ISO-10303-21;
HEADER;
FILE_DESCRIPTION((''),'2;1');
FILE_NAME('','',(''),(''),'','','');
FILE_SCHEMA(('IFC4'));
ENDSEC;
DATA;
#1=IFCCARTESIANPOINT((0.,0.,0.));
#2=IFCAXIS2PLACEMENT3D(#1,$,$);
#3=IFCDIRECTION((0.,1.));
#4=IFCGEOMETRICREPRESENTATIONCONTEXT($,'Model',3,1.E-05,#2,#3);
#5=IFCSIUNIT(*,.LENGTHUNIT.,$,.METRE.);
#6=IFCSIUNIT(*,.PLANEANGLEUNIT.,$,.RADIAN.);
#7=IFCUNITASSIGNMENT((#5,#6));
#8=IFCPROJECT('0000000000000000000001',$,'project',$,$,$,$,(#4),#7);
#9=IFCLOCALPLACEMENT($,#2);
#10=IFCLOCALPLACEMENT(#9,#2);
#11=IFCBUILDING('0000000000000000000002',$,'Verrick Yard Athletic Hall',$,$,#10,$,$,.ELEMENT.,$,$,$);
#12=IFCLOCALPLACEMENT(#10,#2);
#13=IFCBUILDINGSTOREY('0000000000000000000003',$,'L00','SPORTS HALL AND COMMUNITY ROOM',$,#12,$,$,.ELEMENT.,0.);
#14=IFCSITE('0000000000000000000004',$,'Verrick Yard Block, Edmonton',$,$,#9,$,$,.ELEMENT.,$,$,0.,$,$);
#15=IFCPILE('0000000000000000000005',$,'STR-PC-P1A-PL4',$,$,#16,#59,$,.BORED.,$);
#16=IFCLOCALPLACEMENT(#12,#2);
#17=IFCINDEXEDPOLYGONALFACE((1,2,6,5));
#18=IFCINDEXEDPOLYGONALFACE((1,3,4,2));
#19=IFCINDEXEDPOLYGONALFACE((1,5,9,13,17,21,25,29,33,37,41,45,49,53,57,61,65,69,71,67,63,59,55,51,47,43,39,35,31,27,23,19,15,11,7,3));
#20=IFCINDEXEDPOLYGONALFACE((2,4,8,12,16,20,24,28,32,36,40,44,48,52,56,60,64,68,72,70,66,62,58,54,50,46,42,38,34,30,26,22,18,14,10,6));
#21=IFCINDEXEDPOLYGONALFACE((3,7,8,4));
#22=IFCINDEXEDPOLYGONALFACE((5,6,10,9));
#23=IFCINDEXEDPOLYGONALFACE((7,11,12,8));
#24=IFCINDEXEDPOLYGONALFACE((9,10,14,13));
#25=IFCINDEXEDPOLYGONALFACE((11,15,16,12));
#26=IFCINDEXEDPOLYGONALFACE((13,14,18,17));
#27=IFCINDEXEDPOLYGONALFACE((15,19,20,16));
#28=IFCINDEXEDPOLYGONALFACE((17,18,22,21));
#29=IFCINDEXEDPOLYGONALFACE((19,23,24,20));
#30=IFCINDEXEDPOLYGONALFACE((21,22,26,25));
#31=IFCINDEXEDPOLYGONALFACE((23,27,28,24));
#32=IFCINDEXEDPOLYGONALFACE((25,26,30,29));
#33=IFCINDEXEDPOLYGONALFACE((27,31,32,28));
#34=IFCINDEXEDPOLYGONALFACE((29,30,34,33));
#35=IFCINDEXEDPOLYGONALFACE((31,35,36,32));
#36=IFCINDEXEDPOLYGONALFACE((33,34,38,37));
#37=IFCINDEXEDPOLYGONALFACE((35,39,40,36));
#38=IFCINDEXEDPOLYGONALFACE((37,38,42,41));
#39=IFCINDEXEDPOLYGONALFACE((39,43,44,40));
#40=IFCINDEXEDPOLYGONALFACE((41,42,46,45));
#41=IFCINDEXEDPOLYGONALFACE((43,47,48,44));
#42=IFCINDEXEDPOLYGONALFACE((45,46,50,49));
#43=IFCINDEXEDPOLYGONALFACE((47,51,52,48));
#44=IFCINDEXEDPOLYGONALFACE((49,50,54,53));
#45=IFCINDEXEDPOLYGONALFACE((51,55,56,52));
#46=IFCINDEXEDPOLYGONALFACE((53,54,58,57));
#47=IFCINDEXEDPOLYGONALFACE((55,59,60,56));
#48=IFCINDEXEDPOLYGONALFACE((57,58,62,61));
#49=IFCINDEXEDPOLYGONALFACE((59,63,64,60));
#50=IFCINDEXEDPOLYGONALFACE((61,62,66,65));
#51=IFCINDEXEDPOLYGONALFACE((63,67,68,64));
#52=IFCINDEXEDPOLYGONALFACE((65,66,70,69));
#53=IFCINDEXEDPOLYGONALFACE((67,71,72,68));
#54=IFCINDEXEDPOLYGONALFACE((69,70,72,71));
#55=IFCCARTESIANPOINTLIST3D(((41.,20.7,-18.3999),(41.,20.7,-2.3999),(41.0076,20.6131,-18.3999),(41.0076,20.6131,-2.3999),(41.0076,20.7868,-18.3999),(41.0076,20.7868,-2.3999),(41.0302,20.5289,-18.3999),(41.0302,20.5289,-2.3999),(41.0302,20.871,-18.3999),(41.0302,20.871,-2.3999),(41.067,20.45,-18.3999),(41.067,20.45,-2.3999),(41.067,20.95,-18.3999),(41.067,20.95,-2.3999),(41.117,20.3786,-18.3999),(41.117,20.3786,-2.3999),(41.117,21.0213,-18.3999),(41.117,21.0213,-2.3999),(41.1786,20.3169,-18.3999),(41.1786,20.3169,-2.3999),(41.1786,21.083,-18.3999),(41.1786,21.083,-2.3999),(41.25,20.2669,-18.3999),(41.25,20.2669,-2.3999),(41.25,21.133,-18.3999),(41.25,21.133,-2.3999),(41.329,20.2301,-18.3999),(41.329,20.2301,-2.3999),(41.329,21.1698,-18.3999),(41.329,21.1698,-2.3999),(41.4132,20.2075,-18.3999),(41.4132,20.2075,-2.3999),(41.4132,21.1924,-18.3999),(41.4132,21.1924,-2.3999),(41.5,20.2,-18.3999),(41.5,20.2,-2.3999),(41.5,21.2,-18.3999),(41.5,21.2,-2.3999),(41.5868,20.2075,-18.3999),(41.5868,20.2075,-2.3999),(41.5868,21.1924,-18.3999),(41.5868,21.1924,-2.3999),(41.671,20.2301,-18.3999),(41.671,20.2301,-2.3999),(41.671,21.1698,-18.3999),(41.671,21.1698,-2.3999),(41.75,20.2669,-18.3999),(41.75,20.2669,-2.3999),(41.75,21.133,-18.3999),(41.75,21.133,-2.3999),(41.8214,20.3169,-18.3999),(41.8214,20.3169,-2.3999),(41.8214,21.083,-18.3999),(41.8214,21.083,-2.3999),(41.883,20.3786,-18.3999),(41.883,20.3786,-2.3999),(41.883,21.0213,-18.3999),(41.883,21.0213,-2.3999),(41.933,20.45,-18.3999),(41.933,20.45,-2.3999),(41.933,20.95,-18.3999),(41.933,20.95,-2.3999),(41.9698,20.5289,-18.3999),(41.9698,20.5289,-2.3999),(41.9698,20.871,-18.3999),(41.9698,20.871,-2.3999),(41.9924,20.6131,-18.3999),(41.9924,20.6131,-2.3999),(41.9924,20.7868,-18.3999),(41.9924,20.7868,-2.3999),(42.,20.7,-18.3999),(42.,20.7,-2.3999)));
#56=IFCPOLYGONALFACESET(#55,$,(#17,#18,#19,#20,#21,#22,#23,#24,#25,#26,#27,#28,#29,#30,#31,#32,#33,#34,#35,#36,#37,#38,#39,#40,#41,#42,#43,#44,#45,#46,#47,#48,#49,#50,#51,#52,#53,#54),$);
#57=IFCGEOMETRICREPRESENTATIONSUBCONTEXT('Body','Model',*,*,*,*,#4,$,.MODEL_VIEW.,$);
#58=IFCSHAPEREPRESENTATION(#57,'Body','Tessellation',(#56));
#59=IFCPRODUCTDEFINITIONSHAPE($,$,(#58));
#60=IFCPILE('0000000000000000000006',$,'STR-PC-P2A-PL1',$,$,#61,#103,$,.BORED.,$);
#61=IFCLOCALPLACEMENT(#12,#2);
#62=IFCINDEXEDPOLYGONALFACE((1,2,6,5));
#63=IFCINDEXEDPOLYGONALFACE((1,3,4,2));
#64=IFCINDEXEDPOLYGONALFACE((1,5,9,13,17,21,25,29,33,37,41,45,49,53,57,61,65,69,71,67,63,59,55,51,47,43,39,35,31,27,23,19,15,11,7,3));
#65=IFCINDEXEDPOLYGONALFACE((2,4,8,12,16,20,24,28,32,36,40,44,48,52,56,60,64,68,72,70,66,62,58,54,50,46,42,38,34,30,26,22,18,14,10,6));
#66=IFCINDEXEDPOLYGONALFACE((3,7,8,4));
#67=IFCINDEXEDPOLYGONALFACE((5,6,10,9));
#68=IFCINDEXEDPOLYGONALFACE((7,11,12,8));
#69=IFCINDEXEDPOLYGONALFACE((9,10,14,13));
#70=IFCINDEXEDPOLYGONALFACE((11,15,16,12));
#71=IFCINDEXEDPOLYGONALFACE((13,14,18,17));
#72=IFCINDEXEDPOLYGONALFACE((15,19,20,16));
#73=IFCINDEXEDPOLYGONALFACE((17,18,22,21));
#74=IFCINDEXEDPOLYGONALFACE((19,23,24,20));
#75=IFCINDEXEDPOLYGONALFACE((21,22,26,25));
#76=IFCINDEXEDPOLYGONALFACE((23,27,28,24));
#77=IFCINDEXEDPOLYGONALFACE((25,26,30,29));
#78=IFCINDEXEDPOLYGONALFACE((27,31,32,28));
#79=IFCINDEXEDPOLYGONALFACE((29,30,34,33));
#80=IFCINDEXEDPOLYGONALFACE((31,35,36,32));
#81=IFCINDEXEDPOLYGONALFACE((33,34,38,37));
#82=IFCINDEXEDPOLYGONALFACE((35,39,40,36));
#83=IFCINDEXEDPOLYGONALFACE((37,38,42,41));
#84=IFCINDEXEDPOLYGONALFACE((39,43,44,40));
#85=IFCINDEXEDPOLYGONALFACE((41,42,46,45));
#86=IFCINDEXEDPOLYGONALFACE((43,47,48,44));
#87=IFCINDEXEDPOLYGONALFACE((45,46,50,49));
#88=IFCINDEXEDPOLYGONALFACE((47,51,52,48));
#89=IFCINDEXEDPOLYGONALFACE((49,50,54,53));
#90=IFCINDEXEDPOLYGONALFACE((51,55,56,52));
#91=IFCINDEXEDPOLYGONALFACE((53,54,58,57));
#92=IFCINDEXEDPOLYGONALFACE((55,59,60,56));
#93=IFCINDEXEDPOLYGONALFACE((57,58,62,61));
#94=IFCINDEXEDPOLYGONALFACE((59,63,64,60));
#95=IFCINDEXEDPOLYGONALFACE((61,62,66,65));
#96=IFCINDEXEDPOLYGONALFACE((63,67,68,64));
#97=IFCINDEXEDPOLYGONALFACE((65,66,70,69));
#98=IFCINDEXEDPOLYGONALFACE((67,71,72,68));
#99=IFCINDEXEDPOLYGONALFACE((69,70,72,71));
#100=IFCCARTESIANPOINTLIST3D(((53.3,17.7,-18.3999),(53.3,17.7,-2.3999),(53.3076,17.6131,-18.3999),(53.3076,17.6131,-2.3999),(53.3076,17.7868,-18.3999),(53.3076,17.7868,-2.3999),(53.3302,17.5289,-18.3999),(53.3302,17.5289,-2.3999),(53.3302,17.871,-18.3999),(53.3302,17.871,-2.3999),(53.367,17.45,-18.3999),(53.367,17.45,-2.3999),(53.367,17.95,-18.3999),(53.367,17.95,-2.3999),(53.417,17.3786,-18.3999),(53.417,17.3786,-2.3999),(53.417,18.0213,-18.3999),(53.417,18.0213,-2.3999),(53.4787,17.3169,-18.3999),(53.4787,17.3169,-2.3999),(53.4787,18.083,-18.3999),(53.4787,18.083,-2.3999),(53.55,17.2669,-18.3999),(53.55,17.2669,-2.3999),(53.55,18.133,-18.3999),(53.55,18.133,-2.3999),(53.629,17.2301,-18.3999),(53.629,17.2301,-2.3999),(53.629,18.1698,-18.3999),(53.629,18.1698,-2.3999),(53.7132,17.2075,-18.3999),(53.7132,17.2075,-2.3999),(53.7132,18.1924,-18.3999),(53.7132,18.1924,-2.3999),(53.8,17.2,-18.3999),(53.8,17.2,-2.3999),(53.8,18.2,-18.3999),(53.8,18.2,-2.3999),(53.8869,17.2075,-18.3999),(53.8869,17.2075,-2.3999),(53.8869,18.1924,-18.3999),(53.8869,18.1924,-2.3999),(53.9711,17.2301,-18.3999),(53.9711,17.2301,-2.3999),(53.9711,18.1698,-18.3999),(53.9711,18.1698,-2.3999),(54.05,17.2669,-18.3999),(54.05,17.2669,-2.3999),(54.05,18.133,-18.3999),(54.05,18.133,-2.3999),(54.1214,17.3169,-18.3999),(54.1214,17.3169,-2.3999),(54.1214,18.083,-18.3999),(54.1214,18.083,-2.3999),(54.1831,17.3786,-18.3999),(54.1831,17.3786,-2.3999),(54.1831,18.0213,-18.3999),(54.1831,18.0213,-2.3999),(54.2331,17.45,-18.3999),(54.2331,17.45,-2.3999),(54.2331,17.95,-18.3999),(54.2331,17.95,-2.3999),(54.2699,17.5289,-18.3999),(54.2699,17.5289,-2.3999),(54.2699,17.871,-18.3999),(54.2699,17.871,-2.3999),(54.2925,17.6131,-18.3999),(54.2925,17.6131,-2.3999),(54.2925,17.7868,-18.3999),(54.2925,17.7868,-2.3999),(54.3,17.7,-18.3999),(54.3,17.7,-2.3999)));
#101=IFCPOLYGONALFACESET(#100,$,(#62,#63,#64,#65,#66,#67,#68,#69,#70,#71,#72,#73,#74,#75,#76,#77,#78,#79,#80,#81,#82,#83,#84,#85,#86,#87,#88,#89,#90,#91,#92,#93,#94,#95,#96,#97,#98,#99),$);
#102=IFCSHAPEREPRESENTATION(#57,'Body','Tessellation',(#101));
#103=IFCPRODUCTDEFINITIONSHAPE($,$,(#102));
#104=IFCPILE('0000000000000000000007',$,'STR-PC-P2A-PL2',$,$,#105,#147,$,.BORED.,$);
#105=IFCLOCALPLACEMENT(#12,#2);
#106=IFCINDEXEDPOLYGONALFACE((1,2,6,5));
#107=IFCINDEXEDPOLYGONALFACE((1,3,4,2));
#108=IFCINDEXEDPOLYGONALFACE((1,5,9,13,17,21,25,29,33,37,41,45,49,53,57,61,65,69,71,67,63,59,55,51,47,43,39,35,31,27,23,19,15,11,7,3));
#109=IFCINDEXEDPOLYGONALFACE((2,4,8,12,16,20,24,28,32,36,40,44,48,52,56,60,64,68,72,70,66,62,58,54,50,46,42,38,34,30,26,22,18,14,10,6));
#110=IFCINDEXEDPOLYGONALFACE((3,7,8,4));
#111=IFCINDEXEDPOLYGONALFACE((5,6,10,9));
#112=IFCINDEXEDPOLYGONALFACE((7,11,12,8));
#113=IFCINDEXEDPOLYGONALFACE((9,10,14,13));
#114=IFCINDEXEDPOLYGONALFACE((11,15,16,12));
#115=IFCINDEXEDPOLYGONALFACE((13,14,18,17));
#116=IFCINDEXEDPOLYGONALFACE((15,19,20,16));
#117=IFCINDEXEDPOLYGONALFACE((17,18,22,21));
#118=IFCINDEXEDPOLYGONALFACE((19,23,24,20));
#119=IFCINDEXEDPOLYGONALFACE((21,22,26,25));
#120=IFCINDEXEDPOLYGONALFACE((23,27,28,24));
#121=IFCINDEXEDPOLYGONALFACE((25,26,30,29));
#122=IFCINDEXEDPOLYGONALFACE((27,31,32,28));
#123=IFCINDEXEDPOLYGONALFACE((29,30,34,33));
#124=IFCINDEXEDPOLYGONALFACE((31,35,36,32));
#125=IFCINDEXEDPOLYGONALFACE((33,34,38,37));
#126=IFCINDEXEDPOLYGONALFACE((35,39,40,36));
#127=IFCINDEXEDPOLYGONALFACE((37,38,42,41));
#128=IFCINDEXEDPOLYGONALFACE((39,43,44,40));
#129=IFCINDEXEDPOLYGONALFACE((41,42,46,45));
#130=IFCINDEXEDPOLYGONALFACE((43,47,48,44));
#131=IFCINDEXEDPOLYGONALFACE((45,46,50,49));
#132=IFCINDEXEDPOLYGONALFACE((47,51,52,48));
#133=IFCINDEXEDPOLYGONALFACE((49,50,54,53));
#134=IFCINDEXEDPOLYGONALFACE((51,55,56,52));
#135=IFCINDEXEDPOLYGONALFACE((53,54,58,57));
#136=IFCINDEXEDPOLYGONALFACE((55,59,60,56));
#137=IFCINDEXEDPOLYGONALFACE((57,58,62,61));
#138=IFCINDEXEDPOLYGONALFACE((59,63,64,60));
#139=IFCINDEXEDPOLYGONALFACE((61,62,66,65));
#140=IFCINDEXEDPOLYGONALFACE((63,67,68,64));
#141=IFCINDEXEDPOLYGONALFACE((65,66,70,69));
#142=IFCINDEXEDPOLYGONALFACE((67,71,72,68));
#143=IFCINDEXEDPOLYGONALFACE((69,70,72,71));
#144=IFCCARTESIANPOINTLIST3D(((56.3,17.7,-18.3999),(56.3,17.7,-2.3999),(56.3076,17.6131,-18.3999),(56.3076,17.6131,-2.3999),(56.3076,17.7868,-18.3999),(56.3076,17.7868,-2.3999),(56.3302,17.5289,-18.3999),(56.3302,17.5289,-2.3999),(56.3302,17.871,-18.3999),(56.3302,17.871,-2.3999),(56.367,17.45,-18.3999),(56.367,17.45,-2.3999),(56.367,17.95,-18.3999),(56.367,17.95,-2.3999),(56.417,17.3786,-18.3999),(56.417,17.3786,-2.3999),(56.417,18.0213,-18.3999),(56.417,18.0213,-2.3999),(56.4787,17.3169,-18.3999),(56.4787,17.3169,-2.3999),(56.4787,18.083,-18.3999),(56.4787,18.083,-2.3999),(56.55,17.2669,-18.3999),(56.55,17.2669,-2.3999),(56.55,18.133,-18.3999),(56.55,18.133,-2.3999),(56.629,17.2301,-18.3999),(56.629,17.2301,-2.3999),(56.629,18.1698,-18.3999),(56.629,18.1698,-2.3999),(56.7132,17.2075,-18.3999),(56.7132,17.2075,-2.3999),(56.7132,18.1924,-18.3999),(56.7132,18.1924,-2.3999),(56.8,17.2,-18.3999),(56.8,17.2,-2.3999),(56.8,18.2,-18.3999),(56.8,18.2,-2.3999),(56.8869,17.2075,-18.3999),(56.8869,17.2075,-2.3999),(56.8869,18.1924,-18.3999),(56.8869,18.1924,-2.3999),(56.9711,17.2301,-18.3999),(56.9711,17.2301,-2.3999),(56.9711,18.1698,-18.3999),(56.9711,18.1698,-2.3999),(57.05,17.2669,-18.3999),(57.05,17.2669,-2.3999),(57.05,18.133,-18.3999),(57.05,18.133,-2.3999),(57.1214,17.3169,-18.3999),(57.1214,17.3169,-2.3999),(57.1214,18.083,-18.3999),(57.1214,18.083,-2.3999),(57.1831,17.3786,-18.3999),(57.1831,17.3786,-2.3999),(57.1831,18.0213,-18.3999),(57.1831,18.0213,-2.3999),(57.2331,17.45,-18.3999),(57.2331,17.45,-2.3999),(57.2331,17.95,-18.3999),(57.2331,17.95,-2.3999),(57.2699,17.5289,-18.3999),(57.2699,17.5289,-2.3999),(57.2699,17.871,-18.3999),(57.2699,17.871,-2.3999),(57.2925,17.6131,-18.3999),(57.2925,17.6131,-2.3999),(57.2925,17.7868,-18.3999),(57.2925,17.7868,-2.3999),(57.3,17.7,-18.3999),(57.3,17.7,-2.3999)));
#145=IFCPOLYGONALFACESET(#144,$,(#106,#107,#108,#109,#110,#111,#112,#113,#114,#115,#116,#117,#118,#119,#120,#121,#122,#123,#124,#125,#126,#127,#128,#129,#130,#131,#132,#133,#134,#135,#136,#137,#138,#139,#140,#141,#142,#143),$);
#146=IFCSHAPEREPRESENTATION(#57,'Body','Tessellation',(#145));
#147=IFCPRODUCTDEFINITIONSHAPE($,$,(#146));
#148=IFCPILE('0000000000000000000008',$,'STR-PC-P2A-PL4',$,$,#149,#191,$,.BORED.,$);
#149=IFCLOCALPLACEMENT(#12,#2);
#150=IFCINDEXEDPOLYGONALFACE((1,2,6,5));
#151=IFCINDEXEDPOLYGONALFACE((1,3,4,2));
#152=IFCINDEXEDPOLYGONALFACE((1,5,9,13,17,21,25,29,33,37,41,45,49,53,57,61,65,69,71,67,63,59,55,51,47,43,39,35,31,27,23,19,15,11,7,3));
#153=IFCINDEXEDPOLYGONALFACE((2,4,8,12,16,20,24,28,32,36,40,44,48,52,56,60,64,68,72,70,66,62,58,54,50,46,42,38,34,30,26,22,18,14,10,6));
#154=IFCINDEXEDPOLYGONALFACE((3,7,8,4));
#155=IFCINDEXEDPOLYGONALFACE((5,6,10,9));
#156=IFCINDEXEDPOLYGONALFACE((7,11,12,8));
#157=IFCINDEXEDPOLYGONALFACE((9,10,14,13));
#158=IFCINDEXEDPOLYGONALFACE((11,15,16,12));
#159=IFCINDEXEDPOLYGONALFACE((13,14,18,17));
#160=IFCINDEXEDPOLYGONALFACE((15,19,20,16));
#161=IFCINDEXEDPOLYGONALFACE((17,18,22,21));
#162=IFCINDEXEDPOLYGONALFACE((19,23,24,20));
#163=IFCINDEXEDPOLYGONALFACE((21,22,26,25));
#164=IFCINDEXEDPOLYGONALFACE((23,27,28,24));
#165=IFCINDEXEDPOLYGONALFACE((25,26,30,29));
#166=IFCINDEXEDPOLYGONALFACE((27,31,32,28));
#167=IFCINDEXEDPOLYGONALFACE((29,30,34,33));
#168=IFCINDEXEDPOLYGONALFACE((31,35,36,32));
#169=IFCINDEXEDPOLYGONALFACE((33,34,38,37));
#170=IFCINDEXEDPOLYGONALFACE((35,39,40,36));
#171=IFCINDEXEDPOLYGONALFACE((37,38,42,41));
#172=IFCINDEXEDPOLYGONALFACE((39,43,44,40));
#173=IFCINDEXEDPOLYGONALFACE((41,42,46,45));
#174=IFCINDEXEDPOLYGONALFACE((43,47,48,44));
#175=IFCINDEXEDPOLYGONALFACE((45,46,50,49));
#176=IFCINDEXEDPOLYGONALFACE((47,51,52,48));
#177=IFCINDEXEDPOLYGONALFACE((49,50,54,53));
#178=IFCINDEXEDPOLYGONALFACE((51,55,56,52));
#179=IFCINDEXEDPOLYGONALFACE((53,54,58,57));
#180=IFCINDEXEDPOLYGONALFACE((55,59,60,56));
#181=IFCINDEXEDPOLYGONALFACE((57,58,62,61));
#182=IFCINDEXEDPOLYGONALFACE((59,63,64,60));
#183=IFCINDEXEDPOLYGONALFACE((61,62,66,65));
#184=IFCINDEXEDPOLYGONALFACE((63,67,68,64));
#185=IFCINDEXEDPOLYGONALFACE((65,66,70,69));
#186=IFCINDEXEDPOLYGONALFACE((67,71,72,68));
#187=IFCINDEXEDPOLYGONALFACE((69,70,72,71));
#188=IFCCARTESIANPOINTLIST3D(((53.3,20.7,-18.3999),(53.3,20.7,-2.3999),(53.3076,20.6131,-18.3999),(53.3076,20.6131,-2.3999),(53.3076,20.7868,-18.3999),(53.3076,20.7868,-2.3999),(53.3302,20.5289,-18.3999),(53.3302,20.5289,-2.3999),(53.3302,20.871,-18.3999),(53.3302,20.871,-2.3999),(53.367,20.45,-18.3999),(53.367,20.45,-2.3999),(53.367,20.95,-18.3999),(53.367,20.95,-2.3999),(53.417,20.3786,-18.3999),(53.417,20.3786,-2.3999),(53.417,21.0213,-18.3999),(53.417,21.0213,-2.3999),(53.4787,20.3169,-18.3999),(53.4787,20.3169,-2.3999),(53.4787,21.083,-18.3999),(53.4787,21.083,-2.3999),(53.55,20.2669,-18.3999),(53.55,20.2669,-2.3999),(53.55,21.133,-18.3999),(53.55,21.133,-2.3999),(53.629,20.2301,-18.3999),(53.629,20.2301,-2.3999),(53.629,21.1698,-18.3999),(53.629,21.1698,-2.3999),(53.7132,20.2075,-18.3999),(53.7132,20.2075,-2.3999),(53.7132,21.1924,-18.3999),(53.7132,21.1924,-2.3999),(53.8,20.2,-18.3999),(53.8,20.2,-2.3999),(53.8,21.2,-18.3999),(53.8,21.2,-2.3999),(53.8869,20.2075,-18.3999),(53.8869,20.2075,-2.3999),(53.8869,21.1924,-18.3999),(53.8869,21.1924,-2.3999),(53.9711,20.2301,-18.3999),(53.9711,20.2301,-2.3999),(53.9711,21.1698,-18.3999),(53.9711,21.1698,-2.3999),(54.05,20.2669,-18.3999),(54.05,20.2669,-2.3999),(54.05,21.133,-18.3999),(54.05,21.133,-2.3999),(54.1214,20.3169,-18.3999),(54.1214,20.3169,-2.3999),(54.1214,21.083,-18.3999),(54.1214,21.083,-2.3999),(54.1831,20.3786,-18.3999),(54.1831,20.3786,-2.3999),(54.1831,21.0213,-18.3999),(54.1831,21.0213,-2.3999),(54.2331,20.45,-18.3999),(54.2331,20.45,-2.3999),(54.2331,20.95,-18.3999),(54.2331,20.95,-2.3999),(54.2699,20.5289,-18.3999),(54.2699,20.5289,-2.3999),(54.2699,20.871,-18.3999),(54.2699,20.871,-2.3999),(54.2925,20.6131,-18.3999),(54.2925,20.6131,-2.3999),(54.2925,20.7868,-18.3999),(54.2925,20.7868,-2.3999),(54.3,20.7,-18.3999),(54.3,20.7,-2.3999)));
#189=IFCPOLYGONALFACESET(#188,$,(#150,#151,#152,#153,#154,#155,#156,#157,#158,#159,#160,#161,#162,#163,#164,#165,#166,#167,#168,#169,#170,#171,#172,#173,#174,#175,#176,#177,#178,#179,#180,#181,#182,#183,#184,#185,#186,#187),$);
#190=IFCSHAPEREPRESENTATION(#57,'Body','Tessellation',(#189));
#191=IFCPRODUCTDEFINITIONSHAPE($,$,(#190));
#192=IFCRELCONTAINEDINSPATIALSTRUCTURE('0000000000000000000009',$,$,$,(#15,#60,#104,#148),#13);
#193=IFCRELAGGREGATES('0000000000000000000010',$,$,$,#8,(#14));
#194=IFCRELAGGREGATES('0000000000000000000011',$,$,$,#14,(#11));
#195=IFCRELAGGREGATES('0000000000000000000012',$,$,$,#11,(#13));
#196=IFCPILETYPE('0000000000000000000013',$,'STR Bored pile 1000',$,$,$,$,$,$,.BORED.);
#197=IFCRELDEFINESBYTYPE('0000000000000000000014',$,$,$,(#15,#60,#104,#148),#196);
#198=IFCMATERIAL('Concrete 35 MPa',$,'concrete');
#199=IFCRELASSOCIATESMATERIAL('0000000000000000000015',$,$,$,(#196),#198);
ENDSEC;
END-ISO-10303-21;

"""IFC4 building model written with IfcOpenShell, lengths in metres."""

from ifc_helpers import new_model, si_unit, direction, frame, origin, origin_2d, place, context, subcontext, project, spatial, circle, extrude, material, type_object, element, save


model = new_model("IFC4")

# Units and contexts
model_context = context("Model", 3, precision=1e-05, world=origin(), true_north=direction((0.0, 1.0)))
body_context = subcontext(model_context, "Body", "Model", "MODEL_VIEW")
ifc_project = project(units=[si_unit("LENGTHUNIT", "METRE"), si_unit("PLANEANGLEUNIT", "RADIAN")], contexts=[model_context])

# Site, building, storey
site_placement = place(None, origin())
site = spatial("IfcSite", under=ifc_project, at=site_placement, Name="Verrick Yard Block, Edmonton", CompositionType="ELEMENT", RefElevation=0.0)
building_placement = place(site_placement, origin())
building = spatial("IfcBuilding", under=site, at=building_placement, Name="Verrick Yard Athletic Hall", CompositionType="ELEMENT")
storey_placement = place(building_placement, origin())
storey = spatial("IfcBuildingStorey", under=building, at=storey_placement, Name="L00", Description="SPORTS HALL AND COMMUNITY ROOM", CompositionType="ELEMENT", Elevation=0.0)

# Piles
ifc_material_1 = material(Name="Concrete 35 MPa", Category="concrete")
pile_type = type_object("IfcPileType", Name="STR Bored pile 1000", PredefinedType="BORED", material=ifc_material_1)
for number, where, z_axis, x_axis, name in (
    (1, (41.5, 20.7, -2.3999), (0.0, 0.0, -1.0), (1.0, 0.0, 0.0), "STR-PC-P1A-PL4"),
    (2, (53.8, 17.7, -2.3999), (0.0, 0.0, -1.0), (1.0, 0.0, 0.0), "STR-PC-P2A-PL1"),
    (3, (56.8, 17.7, -2.3999), (0.0, 0.0, -1.0), (1.0, 0.0, 0.0), "STR-PC-P2A-PL2"),
    (4, (53.8, 20.7, -2.3999), (0.0, 0.0, -1.0), (1.0, 0.0, 0.0), "STR-PC-P2A-PL4"),
):
    element("IfcPile", number, at=place(storey_placement, frame(where, z_axis=z_axis, x_axis=x_axis)), inside=storey, type_object=pile_type, Name=name, PredefinedType="BORED", context=body_context, shape_type="SweptSolid", body=[
        extrude(circle(Radius=0.5, at=origin_2d()), origin(), (0.0, 0.0, 1.0), 16.0),
    ])

save(model, "model.ifc")
